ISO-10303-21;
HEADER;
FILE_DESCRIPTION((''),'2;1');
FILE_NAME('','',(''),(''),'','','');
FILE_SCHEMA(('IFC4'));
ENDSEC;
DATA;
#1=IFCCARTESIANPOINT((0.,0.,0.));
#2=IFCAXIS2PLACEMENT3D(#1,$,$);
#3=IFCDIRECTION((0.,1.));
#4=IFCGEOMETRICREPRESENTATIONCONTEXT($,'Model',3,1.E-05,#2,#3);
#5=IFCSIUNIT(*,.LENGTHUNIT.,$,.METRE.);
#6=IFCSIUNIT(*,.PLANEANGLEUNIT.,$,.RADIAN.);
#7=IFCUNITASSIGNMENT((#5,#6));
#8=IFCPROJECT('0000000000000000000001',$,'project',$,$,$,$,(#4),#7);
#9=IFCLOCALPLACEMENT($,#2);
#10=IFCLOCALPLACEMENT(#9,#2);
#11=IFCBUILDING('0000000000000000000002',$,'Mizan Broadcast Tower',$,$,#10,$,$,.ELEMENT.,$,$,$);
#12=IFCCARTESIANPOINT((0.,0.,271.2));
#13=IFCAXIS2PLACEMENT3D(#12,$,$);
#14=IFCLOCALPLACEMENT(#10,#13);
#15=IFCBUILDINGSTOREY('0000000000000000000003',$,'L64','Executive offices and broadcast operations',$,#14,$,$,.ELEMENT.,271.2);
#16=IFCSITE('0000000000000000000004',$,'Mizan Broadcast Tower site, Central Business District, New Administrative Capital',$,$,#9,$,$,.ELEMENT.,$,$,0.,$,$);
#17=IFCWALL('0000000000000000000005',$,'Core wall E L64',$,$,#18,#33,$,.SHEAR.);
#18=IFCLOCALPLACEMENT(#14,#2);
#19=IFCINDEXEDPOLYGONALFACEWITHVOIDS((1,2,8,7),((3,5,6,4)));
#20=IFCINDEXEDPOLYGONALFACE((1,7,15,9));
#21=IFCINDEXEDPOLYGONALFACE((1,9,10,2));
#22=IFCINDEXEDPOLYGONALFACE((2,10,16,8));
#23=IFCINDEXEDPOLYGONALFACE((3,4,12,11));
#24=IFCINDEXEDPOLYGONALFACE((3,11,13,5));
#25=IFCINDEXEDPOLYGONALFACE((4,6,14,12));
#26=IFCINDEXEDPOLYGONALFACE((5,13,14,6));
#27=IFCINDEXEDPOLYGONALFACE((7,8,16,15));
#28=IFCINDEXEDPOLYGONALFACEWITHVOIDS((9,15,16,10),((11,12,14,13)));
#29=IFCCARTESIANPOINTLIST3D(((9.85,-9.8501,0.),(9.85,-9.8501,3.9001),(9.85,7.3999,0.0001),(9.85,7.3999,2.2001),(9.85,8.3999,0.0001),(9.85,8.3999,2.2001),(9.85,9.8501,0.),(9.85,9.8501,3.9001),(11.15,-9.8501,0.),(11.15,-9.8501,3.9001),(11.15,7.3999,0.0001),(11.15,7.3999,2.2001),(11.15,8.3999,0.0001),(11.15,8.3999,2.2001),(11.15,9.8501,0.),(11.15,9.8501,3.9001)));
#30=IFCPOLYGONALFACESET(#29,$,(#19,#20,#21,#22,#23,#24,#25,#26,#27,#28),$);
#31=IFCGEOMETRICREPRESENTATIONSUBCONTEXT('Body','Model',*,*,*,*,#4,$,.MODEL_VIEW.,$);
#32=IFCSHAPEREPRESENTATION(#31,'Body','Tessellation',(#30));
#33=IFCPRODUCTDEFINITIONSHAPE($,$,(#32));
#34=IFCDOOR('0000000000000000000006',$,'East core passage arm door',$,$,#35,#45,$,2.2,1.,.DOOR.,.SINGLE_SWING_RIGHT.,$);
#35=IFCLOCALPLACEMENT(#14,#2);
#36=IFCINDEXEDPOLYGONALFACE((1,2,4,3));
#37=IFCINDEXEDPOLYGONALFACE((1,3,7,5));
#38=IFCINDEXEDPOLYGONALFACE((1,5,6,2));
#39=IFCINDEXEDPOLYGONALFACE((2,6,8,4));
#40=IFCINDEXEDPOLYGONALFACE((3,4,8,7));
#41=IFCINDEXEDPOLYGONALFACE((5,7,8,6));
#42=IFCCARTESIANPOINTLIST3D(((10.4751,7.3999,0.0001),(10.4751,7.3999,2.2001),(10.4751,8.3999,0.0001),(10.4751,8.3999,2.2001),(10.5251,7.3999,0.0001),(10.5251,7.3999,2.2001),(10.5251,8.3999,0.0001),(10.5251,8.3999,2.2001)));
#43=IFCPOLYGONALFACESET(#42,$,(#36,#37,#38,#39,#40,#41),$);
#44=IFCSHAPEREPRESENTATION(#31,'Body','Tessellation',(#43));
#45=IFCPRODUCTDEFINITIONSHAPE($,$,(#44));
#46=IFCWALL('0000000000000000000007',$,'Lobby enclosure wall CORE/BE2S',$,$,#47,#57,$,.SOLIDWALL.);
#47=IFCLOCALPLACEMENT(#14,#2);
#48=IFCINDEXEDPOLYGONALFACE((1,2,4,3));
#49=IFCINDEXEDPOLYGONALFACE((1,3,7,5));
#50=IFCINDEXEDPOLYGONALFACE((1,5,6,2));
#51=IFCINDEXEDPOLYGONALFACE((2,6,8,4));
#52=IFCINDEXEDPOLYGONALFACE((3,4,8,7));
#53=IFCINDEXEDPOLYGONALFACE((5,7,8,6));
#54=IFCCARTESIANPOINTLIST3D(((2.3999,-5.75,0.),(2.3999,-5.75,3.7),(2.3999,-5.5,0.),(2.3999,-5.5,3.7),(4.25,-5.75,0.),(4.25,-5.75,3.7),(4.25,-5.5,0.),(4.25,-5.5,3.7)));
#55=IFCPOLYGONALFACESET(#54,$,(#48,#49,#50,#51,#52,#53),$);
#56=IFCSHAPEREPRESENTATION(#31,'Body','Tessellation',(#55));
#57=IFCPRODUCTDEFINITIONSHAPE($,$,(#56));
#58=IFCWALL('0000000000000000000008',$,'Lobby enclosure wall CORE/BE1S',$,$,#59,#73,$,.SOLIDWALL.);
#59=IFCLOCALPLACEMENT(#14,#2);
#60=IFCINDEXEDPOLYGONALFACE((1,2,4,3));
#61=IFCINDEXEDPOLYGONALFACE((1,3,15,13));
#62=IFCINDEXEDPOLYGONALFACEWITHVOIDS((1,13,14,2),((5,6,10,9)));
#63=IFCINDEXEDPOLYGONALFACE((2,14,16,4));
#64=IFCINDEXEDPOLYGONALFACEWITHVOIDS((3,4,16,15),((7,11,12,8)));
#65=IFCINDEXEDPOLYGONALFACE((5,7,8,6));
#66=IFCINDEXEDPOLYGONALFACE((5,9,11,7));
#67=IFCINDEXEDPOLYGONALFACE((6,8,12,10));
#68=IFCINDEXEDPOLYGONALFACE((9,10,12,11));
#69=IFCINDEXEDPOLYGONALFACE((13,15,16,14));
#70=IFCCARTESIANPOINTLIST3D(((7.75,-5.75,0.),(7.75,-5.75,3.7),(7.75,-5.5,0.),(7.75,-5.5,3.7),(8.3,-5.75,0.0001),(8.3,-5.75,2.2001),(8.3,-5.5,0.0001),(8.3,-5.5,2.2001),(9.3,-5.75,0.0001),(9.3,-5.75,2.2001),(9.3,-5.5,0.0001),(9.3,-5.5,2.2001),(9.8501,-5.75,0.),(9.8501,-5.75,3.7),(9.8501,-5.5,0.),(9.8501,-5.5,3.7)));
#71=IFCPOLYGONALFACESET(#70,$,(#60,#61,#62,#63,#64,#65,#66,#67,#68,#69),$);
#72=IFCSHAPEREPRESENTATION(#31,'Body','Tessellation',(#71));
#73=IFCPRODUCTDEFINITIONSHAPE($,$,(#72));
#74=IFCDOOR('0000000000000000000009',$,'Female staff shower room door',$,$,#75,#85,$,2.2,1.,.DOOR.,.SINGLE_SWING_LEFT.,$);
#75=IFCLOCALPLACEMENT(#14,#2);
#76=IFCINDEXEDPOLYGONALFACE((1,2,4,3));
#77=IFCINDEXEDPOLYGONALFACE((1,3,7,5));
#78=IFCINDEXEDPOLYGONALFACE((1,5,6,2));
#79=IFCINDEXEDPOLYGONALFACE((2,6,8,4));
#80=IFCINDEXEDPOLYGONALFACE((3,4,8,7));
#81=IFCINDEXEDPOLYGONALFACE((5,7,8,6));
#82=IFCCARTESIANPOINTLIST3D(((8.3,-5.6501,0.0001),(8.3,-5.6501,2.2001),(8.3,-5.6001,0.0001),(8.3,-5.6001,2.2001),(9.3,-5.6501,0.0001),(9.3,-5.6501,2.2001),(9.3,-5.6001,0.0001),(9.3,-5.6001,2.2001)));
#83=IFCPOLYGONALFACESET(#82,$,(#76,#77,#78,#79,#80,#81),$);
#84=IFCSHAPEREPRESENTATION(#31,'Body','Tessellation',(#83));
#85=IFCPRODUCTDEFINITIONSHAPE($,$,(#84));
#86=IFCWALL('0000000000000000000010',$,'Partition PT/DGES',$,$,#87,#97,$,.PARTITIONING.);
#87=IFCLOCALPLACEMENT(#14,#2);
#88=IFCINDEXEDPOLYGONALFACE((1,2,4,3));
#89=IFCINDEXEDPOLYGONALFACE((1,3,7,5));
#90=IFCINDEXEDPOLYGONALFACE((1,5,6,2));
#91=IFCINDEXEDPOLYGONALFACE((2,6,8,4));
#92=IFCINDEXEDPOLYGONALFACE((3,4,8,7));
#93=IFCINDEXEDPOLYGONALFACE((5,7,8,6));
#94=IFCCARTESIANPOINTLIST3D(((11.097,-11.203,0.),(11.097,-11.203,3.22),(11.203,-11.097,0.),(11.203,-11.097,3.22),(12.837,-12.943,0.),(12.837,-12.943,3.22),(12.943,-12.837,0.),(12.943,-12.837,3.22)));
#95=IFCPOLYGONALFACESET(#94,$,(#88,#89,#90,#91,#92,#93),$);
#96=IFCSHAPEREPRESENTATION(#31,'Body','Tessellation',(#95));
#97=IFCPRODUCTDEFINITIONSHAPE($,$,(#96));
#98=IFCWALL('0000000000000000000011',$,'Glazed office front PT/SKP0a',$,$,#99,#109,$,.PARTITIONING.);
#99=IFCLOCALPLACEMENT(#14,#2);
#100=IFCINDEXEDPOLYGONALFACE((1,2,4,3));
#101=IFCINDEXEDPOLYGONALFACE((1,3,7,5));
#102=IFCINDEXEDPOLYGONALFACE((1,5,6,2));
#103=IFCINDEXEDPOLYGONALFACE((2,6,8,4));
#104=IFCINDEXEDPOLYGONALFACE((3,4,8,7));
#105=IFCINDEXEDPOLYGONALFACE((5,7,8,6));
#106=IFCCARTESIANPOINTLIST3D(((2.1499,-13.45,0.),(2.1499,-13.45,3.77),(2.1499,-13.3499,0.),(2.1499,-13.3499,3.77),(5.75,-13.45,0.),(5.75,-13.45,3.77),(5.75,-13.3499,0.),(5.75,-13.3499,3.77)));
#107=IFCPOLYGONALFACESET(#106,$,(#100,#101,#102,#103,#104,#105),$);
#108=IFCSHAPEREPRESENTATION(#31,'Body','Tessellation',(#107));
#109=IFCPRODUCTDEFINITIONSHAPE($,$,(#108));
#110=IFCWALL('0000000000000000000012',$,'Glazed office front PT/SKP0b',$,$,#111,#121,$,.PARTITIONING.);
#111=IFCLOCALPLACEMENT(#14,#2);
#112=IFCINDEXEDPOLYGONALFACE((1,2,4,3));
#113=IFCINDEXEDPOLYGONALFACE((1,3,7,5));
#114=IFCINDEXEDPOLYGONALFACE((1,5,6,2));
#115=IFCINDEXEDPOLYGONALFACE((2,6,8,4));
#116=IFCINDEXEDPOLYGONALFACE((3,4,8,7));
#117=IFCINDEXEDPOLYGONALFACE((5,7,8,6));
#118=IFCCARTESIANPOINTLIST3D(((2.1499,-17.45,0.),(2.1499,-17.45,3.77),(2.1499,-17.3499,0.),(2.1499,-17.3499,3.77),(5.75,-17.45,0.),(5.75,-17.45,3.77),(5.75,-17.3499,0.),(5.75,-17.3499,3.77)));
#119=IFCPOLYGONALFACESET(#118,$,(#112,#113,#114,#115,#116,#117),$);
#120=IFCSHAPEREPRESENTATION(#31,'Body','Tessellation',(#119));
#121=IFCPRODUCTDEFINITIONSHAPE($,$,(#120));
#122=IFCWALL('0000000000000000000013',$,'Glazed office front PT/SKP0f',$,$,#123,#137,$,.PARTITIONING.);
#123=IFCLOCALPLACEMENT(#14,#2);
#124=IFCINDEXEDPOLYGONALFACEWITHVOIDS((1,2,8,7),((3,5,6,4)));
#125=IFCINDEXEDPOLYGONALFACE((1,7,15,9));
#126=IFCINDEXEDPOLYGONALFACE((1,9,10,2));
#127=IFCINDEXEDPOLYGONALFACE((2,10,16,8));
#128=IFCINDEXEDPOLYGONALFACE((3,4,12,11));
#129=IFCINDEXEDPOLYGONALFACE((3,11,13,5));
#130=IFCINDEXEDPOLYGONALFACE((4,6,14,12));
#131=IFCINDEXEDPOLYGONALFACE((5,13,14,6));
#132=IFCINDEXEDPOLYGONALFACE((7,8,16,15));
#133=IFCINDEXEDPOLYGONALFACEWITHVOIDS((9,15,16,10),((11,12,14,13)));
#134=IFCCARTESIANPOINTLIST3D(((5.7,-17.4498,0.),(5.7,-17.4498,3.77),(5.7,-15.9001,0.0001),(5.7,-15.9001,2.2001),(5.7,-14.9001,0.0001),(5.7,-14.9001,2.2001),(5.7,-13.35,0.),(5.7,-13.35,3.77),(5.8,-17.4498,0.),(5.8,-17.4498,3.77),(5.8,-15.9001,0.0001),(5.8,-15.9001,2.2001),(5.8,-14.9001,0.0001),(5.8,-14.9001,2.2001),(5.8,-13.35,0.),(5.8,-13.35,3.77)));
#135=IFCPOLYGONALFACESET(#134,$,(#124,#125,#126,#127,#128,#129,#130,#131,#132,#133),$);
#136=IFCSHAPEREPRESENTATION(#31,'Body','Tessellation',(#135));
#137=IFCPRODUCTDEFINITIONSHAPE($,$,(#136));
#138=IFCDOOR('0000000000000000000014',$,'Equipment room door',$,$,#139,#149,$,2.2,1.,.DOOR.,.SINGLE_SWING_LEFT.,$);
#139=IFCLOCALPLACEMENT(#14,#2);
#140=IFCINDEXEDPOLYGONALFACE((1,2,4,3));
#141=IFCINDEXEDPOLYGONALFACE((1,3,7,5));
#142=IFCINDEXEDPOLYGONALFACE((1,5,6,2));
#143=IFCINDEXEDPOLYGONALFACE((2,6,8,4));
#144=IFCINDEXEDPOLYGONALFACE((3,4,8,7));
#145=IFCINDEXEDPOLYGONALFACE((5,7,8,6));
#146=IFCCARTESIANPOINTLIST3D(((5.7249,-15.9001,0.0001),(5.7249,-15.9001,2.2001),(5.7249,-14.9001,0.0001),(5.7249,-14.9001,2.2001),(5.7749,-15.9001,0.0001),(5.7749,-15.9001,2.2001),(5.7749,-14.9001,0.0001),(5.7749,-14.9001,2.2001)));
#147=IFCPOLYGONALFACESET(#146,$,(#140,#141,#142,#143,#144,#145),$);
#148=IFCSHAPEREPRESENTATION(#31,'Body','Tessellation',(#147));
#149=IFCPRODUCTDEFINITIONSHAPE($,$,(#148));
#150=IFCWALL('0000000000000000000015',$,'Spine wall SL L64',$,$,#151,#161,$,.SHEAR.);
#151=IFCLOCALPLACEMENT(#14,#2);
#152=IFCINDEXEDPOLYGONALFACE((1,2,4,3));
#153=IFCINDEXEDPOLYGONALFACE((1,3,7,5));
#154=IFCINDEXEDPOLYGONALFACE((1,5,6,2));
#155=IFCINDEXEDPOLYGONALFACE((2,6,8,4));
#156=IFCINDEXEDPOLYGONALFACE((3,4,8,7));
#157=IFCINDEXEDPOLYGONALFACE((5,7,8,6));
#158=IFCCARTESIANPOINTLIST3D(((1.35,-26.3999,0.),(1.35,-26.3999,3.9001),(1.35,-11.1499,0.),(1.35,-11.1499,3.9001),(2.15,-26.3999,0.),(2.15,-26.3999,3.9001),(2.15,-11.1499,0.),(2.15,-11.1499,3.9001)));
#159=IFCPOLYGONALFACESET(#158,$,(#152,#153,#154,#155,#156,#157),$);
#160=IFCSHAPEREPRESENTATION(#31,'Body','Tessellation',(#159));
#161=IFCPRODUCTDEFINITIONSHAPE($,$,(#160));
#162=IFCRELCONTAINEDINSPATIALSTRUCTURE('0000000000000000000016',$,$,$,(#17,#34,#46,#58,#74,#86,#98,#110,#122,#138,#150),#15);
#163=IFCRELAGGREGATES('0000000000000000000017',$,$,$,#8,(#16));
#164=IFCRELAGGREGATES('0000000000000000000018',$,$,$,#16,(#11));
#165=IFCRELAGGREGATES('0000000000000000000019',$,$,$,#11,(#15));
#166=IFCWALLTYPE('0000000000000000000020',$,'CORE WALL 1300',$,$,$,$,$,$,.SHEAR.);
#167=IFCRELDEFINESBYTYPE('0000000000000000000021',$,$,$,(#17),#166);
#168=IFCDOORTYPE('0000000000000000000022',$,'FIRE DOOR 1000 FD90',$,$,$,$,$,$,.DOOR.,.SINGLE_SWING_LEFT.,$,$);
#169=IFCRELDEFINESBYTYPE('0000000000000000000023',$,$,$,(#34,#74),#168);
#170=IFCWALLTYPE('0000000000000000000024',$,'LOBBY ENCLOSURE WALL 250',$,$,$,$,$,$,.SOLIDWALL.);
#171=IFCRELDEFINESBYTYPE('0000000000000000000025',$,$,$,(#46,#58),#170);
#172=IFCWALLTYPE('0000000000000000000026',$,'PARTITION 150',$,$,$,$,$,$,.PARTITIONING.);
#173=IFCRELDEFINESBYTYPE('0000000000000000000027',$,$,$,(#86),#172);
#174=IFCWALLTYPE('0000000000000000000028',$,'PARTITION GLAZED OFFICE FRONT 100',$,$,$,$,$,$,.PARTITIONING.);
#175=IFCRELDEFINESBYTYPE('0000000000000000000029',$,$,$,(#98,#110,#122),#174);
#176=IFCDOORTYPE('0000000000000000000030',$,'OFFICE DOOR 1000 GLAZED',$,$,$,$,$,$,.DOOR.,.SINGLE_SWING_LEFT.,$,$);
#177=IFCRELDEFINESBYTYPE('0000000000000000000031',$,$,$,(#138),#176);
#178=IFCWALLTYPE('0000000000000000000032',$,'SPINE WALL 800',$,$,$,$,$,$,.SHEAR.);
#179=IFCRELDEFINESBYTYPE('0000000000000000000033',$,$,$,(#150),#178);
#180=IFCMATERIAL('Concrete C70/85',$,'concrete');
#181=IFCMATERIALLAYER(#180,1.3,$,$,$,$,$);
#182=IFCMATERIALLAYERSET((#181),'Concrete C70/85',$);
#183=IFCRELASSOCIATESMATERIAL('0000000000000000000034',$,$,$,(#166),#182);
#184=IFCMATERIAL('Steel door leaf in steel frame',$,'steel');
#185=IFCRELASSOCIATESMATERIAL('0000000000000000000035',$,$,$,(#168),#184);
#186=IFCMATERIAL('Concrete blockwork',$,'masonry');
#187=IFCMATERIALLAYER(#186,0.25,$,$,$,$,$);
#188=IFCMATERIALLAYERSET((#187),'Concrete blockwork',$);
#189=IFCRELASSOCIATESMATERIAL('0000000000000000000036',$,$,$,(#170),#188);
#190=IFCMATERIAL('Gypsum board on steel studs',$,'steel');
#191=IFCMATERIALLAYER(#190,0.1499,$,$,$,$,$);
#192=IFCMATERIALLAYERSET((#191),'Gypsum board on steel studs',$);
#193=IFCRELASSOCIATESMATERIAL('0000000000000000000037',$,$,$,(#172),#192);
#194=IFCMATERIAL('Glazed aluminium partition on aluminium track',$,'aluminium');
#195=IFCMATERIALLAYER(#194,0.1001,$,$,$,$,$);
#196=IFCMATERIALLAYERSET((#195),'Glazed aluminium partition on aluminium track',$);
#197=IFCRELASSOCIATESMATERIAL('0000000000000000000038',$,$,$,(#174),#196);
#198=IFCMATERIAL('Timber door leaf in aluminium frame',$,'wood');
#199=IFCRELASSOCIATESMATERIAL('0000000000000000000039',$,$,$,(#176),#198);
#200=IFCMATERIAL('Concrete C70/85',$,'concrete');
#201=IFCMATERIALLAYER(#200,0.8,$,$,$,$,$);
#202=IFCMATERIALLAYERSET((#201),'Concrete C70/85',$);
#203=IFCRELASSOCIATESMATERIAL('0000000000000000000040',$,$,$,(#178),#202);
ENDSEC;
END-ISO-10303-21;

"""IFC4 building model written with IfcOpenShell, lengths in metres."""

from ifc_helpers import new_model, si_unit, direction, frame, frame_2d, origin, place, context, subcontext, project, spatial, rectangle, extrude, material, layer, layer_set, type_object, element, fill, save


model = new_model("IFC4")

# Units and contexts
model_context = context("Model", 3, precision=1e-05, world=origin(), true_north=direction((0.0, 1.0)))
body_context = subcontext(model_context, "Body", "Model", "MODEL_VIEW")
ifc_project = project(units=[si_unit("LENGTHUNIT", "METRE"), si_unit("PLANEANGLEUNIT", "RADIAN")], contexts=[model_context])

# Site, building, storey
site_placement = place(None, origin())
site = spatial("IfcSite", under=ifc_project, at=site_placement, Name="Mizan Broadcast Tower site, Central Business District, New Administrative Capital", CompositionType="ELEMENT", RefElevation=0.0)
building_placement = place(site_placement, origin())
building = spatial("IfcBuilding", under=site, at=building_placement, Name="Mizan Broadcast Tower", CompositionType="ELEMENT")
storey_placement = place(building_placement, frame((0.0, 0.0, 271.2)))
storey = spatial("IfcBuildingStorey", under=building, at=storey_placement, Name="L64", Description="Executive offices and broadcast operations", CompositionType="ELEMENT", Elevation=271.2)

# Shared definitions
ifc_material_1 = material(Name="Concrete C70/85", Category="concrete")
ifc_layer_1 = layer(ifc_material_1, 1.3)
ifc_layer_set_1 = layer_set([ifc_layer_1], Name="Concrete C70/85")
wall_type_1 = type_object("IfcWallType", Name="CORE WALL 1300", PredefinedType="SHEAR", material=ifc_layer_set_1)

# Wall, opening, door
wall_1_placement = place(storey_placement, frame((10.5, -9.8501, 0.0), z_axis=(0.0, 0.0, 1.0), x_axis=(0.0, 1.0, 0.0)))
wall_1 = element("IfcWall", 1, at=wall_1_placement, inside=storey, type_object=wall_type_1, Name="Core wall E L64", PredefinedType="SHEAR", context=body_context, shape_type="SweptSolid", body=[
    extrude(rectangle(XDim=19.7002, YDim=1.3, at=frame_2d((9.8501, 0.0))), origin(), (0.0, 0.0, 1.0), 3.9001),
])
opening_1_placement = place(wall_1_placement, frame((17.25, 0.0, 0.0)))
opening_1 = element("IfcOpeningElement", 2, at=opening_1_placement, cuts=wall_1, PredefinedType="OPENING", context=body_context, shape_type="SweptSolid", body=[
    extrude(rectangle(XDim=1.0, YDim=2.2, at=frame_2d((0.5, 1.1001))), frame((0.0, 0.6599, 0.0), z_axis=(0.0, -1.0, 0.0), x_axis=(1.0, 0.0, 0.0)), (0.0, 0.0, 1.0), 1.3201),
])
ifc_material_2 = material(Name="Steel door leaf in steel frame", Category="steel")
door_type_1 = type_object("IfcDoorType", Name="FIRE DOOR 1000 FD90", OperationType="SINGLE_SWING_LEFT", PredefinedType="DOOR", material=ifc_material_2)
door_1_placement = place(opening_1_placement, origin())
door_1 = element("IfcDoor", 3, at=door_1_placement, inside=storey, type_object=door_type_1, Name="East core passage arm door", OperationType="SINGLE_SWING_RIGHT", OverallHeight=2.2, OverallWidth=1.0, PredefinedType="DOOR", context=body_context, shape_type="SweptSolid", body=[
    extrude(rectangle(XDim=1.0, YDim=2.2, at=frame_2d((0.5, 1.1001))), frame((0.0, 0.0249, 0.0), z_axis=(0.0, -1.0, 0.0), x_axis=(1.0, 0.0, 0.0)), (0.0, 0.0, 1.0), 0.05),
])
fill(opening_1, door_1)

# Wall
ifc_material_3 = material(Name="Concrete blockwork", Category="masonry")
ifc_layer_2 = layer(ifc_material_3, 0.25)
ifc_layer_set_2 = layer_set([ifc_layer_2], Name="Concrete blockwork")
wall_type_2 = type_object("IfcWallType", Name="LOBBY ENCLOSURE WALL 250", PredefinedType="SOLIDWALL", material=ifc_layer_set_2)
wall_2_placement = place(storey_placement, frame((2.3999, -5.625, 0.0), z_axis=(0.0, 0.0, 1.0), x_axis=(1.0, 0.0, 0.0)))
element("IfcWall", 4, at=wall_2_placement, inside=storey, type_object=wall_type_2, Name="Lobby enclosure wall CORE/BE2S", PredefinedType="SOLIDWALL", context=body_context, shape_type="SweptSolid", body=[
    extrude(rectangle(XDim=1.8501, YDim=0.25, at=frame_2d((0.925, 0.0))), origin(), (0.0, 0.0, 1.0), 3.7),
])

# Wall, opening, door
wall_3_placement = place(storey_placement, frame((7.75, -5.625, 0.0), z_axis=(0.0, 0.0, 1.0), x_axis=(1.0, 0.0, 0.0)))
wall_3 = element("IfcWall", 5, at=wall_3_placement, inside=storey, type_object=wall_type_2, Name="Lobby enclosure wall CORE/BE1S", PredefinedType="SOLIDWALL", context=body_context, shape_type="SweptSolid", body=[
    extrude(rectangle(XDim=2.1001, YDim=0.25, at=frame_2d((1.05, 0.0))), origin(), (0.0, 0.0, 1.0), 3.7),
])
opening_2_placement = place(wall_3_placement, frame((0.55, 0.0, 0.0)))
opening_2 = element("IfcOpeningElement", 6, at=opening_2_placement, cuts=wall_3, PredefinedType="OPENING", context=body_context, shape_type="SweptSolid", body=[
    extrude(rectangle(XDim=1.0, YDim=2.2, at=frame_2d((0.5, 1.1001))), frame((0.0, 0.135, 0.0), z_axis=(0.0, -1.0, 0.0), x_axis=(1.0, 0.0, 0.0)), (0.0, 0.0, 1.0), 0.27),
])
door_2_placement = place(opening_2_placement, origin())
door_2 = element("IfcDoor", 7, at=door_2_placement, inside=storey, type_object=door_type_1, Name="Female staff shower room door", OperationType="SINGLE_SWING_LEFT", OverallHeight=2.2, OverallWidth=1.0, PredefinedType="DOOR", context=body_context, shape_type="SweptSolid", body=[
    extrude(rectangle(XDim=1.0, YDim=2.2, at=frame_2d((0.5, 1.1001))), frame((0.0, 0.0249, 0.0), z_axis=(0.0, -1.0, 0.0), x_axis=(1.0, 0.0, 0.0)), (0.0, 0.0, 1.0), 0.05),
])
fill(opening_2, door_2)

# Walls
ifc_material_4 = material(Name="Gypsum board on steel studs", Category="steel")
ifc_layer_3 = layer(ifc_material_4, 0.1499)
ifc_layer_set_3 = layer_set([ifc_layer_3], Name="Gypsum board on steel studs")
wall_type_3 = type_object("IfcWallType", Name="PARTITION 150", PredefinedType="PARTITIONING", material=ifc_layer_set_3)
wall_4_placement = place(storey_placement, frame((11.1499, -11.1499, 0.0), z_axis=(0.0, 0.0, 1.0), x_axis=(0.707107, -0.707107, 0.0)))
element("IfcWall", 8, at=wall_4_placement, inside=storey, type_object=wall_type_3, Name="Partition PT/DGES", PredefinedType="PARTITIONING", context=body_context, shape_type="SweptSolid", body=[
    extrude(rectangle(XDim=2.4607, YDim=0.1499, at=frame_2d((1.2305, 0.0))), origin(), (0.0, 0.0, 1.0), 3.22),
])
ifc_material_5 = material(Name="Glazed aluminium partition on aluminium track", Category="aluminium")
ifc_layer_4 = layer(ifc_material_5, 0.1001)
ifc_layer_set_4 = layer_set([ifc_layer_4], Name="Glazed aluminium partition on aluminium track")
wall_type_4 = type_object("IfcWallType", Name="PARTITION GLAZED OFFICE FRONT 100", PredefinedType="PARTITIONING", material=ifc_layer_set_4)
for number, where, z_axis, x_axis, name in (
    (9, (2.1499, -13.3999, 0.0), (0.0, 0.0, 1.0), (1.0, 0.0, 0.0), "Glazed office front PT/SKP0a"),
    (10, (2.1499, -17.3999, 0.0), (0.0, 0.0, 1.0), (1.0, 0.0, 0.0), "Glazed office front PT/SKP0b"),
):
    element("IfcWall", number, at=place(storey_placement, frame(where, z_axis=z_axis, x_axis=x_axis)), inside=storey, type_object=wall_type_4, Name=name, PredefinedType="PARTITIONING", context=body_context, shape_type="SweptSolid", body=[
        extrude(rectangle(XDim=3.6001, YDim=0.1001, at=frame_2d((1.8, 0.0))), origin(), (0.0, 0.0, 1.0), 3.77),
    ])

# Wall, opening, door
wall_5_placement = place(storey_placement, frame((5.75, -13.3501, 0.0), z_axis=(0.0, 0.0, 1.0), x_axis=(0.0, -1.0, 0.0)))
wall_5 = element("IfcWall", 11, at=wall_5_placement, inside=storey, type_object=wall_type_4, Name="Glazed office front PT/SKP0f", PredefinedType="PARTITIONING", context=body_context, shape_type="SweptSolid", body=[
    extrude(rectangle(XDim=4.0999, YDim=0.1001, at=frame_2d((2.0498, 0.0))), origin(), (0.0, 0.0, 1.0), 3.77),
])
opening_3_placement = place(wall_5_placement, frame((1.55, 0.0, 0.0)))
opening_3 = element("IfcOpeningElement", 12, at=opening_3_placement, cuts=wall_5, PredefinedType="OPENING", context=body_context, shape_type="SweptSolid", body=[
    extrude(rectangle(XDim=1.0, YDim=2.2, at=frame_2d((0.5, 1.1001))), frame((0.0, 0.0601, 0.0), z_axis=(0.0, -1.0, 0.0), x_axis=(1.0, 0.0, 0.0)), (0.0, 0.0, 1.0), 0.1201),
])
ifc_material_6 = material(Name="Timber door leaf in aluminium frame", Category="wood")
door_type_2 = type_object("IfcDoorType", Name="OFFICE DOOR 1000 GLAZED", OperationType="SINGLE_SWING_LEFT", PredefinedType="DOOR", material=ifc_material_6)
door_3_placement = place(opening_3_placement, origin())
door_3 = element("IfcDoor", 13, at=door_3_placement, inside=storey, type_object=door_type_2, Name="Equipment room door", OperationType="SINGLE_SWING_LEFT", OverallHeight=2.2, OverallWidth=1.0, PredefinedType="DOOR", context=body_context, shape_type="SweptSolid", body=[
    extrude(rectangle(XDim=1.0, YDim=2.2, at=frame_2d((0.5, 1.1001))), frame((0.0, 0.0249, 0.0), z_axis=(0.0, -1.0, 0.0), x_axis=(1.0, 0.0, 0.0)), (0.0, 0.0, 1.0), 0.05),
])
fill(opening_3, door_3)

# Wall
ifc_material_7 = material(Name="Concrete C70/85", Category="concrete")
ifc_layer_5 = layer(ifc_material_7, 0.8)
ifc_layer_set_5 = layer_set([ifc_layer_5], Name="Concrete C70/85")
wall_type_5 = type_object("IfcWallType", Name="SPINE WALL 800", PredefinedType="SHEAR", material=ifc_layer_set_5)
wall_6_placement = place(storey_placement, frame((1.75, -11.1499, 0.0), z_axis=(0.0, 0.0, 1.0), x_axis=(0.0, -1.0, 0.0)))
element("IfcWall", 14, at=wall_6_placement, inside=storey, type_object=wall_type_5, Name="Spine wall SL L64", PredefinedType="SHEAR", context=body_context, shape_type="SweptSolid", body=[
    extrude(rectangle(XDim=15.25, YDim=0.8, at=frame_2d((7.625, 0.0))), origin(), (0.0, 0.0, 1.0), 3.9001),
])

save(model, "model.ifc")
